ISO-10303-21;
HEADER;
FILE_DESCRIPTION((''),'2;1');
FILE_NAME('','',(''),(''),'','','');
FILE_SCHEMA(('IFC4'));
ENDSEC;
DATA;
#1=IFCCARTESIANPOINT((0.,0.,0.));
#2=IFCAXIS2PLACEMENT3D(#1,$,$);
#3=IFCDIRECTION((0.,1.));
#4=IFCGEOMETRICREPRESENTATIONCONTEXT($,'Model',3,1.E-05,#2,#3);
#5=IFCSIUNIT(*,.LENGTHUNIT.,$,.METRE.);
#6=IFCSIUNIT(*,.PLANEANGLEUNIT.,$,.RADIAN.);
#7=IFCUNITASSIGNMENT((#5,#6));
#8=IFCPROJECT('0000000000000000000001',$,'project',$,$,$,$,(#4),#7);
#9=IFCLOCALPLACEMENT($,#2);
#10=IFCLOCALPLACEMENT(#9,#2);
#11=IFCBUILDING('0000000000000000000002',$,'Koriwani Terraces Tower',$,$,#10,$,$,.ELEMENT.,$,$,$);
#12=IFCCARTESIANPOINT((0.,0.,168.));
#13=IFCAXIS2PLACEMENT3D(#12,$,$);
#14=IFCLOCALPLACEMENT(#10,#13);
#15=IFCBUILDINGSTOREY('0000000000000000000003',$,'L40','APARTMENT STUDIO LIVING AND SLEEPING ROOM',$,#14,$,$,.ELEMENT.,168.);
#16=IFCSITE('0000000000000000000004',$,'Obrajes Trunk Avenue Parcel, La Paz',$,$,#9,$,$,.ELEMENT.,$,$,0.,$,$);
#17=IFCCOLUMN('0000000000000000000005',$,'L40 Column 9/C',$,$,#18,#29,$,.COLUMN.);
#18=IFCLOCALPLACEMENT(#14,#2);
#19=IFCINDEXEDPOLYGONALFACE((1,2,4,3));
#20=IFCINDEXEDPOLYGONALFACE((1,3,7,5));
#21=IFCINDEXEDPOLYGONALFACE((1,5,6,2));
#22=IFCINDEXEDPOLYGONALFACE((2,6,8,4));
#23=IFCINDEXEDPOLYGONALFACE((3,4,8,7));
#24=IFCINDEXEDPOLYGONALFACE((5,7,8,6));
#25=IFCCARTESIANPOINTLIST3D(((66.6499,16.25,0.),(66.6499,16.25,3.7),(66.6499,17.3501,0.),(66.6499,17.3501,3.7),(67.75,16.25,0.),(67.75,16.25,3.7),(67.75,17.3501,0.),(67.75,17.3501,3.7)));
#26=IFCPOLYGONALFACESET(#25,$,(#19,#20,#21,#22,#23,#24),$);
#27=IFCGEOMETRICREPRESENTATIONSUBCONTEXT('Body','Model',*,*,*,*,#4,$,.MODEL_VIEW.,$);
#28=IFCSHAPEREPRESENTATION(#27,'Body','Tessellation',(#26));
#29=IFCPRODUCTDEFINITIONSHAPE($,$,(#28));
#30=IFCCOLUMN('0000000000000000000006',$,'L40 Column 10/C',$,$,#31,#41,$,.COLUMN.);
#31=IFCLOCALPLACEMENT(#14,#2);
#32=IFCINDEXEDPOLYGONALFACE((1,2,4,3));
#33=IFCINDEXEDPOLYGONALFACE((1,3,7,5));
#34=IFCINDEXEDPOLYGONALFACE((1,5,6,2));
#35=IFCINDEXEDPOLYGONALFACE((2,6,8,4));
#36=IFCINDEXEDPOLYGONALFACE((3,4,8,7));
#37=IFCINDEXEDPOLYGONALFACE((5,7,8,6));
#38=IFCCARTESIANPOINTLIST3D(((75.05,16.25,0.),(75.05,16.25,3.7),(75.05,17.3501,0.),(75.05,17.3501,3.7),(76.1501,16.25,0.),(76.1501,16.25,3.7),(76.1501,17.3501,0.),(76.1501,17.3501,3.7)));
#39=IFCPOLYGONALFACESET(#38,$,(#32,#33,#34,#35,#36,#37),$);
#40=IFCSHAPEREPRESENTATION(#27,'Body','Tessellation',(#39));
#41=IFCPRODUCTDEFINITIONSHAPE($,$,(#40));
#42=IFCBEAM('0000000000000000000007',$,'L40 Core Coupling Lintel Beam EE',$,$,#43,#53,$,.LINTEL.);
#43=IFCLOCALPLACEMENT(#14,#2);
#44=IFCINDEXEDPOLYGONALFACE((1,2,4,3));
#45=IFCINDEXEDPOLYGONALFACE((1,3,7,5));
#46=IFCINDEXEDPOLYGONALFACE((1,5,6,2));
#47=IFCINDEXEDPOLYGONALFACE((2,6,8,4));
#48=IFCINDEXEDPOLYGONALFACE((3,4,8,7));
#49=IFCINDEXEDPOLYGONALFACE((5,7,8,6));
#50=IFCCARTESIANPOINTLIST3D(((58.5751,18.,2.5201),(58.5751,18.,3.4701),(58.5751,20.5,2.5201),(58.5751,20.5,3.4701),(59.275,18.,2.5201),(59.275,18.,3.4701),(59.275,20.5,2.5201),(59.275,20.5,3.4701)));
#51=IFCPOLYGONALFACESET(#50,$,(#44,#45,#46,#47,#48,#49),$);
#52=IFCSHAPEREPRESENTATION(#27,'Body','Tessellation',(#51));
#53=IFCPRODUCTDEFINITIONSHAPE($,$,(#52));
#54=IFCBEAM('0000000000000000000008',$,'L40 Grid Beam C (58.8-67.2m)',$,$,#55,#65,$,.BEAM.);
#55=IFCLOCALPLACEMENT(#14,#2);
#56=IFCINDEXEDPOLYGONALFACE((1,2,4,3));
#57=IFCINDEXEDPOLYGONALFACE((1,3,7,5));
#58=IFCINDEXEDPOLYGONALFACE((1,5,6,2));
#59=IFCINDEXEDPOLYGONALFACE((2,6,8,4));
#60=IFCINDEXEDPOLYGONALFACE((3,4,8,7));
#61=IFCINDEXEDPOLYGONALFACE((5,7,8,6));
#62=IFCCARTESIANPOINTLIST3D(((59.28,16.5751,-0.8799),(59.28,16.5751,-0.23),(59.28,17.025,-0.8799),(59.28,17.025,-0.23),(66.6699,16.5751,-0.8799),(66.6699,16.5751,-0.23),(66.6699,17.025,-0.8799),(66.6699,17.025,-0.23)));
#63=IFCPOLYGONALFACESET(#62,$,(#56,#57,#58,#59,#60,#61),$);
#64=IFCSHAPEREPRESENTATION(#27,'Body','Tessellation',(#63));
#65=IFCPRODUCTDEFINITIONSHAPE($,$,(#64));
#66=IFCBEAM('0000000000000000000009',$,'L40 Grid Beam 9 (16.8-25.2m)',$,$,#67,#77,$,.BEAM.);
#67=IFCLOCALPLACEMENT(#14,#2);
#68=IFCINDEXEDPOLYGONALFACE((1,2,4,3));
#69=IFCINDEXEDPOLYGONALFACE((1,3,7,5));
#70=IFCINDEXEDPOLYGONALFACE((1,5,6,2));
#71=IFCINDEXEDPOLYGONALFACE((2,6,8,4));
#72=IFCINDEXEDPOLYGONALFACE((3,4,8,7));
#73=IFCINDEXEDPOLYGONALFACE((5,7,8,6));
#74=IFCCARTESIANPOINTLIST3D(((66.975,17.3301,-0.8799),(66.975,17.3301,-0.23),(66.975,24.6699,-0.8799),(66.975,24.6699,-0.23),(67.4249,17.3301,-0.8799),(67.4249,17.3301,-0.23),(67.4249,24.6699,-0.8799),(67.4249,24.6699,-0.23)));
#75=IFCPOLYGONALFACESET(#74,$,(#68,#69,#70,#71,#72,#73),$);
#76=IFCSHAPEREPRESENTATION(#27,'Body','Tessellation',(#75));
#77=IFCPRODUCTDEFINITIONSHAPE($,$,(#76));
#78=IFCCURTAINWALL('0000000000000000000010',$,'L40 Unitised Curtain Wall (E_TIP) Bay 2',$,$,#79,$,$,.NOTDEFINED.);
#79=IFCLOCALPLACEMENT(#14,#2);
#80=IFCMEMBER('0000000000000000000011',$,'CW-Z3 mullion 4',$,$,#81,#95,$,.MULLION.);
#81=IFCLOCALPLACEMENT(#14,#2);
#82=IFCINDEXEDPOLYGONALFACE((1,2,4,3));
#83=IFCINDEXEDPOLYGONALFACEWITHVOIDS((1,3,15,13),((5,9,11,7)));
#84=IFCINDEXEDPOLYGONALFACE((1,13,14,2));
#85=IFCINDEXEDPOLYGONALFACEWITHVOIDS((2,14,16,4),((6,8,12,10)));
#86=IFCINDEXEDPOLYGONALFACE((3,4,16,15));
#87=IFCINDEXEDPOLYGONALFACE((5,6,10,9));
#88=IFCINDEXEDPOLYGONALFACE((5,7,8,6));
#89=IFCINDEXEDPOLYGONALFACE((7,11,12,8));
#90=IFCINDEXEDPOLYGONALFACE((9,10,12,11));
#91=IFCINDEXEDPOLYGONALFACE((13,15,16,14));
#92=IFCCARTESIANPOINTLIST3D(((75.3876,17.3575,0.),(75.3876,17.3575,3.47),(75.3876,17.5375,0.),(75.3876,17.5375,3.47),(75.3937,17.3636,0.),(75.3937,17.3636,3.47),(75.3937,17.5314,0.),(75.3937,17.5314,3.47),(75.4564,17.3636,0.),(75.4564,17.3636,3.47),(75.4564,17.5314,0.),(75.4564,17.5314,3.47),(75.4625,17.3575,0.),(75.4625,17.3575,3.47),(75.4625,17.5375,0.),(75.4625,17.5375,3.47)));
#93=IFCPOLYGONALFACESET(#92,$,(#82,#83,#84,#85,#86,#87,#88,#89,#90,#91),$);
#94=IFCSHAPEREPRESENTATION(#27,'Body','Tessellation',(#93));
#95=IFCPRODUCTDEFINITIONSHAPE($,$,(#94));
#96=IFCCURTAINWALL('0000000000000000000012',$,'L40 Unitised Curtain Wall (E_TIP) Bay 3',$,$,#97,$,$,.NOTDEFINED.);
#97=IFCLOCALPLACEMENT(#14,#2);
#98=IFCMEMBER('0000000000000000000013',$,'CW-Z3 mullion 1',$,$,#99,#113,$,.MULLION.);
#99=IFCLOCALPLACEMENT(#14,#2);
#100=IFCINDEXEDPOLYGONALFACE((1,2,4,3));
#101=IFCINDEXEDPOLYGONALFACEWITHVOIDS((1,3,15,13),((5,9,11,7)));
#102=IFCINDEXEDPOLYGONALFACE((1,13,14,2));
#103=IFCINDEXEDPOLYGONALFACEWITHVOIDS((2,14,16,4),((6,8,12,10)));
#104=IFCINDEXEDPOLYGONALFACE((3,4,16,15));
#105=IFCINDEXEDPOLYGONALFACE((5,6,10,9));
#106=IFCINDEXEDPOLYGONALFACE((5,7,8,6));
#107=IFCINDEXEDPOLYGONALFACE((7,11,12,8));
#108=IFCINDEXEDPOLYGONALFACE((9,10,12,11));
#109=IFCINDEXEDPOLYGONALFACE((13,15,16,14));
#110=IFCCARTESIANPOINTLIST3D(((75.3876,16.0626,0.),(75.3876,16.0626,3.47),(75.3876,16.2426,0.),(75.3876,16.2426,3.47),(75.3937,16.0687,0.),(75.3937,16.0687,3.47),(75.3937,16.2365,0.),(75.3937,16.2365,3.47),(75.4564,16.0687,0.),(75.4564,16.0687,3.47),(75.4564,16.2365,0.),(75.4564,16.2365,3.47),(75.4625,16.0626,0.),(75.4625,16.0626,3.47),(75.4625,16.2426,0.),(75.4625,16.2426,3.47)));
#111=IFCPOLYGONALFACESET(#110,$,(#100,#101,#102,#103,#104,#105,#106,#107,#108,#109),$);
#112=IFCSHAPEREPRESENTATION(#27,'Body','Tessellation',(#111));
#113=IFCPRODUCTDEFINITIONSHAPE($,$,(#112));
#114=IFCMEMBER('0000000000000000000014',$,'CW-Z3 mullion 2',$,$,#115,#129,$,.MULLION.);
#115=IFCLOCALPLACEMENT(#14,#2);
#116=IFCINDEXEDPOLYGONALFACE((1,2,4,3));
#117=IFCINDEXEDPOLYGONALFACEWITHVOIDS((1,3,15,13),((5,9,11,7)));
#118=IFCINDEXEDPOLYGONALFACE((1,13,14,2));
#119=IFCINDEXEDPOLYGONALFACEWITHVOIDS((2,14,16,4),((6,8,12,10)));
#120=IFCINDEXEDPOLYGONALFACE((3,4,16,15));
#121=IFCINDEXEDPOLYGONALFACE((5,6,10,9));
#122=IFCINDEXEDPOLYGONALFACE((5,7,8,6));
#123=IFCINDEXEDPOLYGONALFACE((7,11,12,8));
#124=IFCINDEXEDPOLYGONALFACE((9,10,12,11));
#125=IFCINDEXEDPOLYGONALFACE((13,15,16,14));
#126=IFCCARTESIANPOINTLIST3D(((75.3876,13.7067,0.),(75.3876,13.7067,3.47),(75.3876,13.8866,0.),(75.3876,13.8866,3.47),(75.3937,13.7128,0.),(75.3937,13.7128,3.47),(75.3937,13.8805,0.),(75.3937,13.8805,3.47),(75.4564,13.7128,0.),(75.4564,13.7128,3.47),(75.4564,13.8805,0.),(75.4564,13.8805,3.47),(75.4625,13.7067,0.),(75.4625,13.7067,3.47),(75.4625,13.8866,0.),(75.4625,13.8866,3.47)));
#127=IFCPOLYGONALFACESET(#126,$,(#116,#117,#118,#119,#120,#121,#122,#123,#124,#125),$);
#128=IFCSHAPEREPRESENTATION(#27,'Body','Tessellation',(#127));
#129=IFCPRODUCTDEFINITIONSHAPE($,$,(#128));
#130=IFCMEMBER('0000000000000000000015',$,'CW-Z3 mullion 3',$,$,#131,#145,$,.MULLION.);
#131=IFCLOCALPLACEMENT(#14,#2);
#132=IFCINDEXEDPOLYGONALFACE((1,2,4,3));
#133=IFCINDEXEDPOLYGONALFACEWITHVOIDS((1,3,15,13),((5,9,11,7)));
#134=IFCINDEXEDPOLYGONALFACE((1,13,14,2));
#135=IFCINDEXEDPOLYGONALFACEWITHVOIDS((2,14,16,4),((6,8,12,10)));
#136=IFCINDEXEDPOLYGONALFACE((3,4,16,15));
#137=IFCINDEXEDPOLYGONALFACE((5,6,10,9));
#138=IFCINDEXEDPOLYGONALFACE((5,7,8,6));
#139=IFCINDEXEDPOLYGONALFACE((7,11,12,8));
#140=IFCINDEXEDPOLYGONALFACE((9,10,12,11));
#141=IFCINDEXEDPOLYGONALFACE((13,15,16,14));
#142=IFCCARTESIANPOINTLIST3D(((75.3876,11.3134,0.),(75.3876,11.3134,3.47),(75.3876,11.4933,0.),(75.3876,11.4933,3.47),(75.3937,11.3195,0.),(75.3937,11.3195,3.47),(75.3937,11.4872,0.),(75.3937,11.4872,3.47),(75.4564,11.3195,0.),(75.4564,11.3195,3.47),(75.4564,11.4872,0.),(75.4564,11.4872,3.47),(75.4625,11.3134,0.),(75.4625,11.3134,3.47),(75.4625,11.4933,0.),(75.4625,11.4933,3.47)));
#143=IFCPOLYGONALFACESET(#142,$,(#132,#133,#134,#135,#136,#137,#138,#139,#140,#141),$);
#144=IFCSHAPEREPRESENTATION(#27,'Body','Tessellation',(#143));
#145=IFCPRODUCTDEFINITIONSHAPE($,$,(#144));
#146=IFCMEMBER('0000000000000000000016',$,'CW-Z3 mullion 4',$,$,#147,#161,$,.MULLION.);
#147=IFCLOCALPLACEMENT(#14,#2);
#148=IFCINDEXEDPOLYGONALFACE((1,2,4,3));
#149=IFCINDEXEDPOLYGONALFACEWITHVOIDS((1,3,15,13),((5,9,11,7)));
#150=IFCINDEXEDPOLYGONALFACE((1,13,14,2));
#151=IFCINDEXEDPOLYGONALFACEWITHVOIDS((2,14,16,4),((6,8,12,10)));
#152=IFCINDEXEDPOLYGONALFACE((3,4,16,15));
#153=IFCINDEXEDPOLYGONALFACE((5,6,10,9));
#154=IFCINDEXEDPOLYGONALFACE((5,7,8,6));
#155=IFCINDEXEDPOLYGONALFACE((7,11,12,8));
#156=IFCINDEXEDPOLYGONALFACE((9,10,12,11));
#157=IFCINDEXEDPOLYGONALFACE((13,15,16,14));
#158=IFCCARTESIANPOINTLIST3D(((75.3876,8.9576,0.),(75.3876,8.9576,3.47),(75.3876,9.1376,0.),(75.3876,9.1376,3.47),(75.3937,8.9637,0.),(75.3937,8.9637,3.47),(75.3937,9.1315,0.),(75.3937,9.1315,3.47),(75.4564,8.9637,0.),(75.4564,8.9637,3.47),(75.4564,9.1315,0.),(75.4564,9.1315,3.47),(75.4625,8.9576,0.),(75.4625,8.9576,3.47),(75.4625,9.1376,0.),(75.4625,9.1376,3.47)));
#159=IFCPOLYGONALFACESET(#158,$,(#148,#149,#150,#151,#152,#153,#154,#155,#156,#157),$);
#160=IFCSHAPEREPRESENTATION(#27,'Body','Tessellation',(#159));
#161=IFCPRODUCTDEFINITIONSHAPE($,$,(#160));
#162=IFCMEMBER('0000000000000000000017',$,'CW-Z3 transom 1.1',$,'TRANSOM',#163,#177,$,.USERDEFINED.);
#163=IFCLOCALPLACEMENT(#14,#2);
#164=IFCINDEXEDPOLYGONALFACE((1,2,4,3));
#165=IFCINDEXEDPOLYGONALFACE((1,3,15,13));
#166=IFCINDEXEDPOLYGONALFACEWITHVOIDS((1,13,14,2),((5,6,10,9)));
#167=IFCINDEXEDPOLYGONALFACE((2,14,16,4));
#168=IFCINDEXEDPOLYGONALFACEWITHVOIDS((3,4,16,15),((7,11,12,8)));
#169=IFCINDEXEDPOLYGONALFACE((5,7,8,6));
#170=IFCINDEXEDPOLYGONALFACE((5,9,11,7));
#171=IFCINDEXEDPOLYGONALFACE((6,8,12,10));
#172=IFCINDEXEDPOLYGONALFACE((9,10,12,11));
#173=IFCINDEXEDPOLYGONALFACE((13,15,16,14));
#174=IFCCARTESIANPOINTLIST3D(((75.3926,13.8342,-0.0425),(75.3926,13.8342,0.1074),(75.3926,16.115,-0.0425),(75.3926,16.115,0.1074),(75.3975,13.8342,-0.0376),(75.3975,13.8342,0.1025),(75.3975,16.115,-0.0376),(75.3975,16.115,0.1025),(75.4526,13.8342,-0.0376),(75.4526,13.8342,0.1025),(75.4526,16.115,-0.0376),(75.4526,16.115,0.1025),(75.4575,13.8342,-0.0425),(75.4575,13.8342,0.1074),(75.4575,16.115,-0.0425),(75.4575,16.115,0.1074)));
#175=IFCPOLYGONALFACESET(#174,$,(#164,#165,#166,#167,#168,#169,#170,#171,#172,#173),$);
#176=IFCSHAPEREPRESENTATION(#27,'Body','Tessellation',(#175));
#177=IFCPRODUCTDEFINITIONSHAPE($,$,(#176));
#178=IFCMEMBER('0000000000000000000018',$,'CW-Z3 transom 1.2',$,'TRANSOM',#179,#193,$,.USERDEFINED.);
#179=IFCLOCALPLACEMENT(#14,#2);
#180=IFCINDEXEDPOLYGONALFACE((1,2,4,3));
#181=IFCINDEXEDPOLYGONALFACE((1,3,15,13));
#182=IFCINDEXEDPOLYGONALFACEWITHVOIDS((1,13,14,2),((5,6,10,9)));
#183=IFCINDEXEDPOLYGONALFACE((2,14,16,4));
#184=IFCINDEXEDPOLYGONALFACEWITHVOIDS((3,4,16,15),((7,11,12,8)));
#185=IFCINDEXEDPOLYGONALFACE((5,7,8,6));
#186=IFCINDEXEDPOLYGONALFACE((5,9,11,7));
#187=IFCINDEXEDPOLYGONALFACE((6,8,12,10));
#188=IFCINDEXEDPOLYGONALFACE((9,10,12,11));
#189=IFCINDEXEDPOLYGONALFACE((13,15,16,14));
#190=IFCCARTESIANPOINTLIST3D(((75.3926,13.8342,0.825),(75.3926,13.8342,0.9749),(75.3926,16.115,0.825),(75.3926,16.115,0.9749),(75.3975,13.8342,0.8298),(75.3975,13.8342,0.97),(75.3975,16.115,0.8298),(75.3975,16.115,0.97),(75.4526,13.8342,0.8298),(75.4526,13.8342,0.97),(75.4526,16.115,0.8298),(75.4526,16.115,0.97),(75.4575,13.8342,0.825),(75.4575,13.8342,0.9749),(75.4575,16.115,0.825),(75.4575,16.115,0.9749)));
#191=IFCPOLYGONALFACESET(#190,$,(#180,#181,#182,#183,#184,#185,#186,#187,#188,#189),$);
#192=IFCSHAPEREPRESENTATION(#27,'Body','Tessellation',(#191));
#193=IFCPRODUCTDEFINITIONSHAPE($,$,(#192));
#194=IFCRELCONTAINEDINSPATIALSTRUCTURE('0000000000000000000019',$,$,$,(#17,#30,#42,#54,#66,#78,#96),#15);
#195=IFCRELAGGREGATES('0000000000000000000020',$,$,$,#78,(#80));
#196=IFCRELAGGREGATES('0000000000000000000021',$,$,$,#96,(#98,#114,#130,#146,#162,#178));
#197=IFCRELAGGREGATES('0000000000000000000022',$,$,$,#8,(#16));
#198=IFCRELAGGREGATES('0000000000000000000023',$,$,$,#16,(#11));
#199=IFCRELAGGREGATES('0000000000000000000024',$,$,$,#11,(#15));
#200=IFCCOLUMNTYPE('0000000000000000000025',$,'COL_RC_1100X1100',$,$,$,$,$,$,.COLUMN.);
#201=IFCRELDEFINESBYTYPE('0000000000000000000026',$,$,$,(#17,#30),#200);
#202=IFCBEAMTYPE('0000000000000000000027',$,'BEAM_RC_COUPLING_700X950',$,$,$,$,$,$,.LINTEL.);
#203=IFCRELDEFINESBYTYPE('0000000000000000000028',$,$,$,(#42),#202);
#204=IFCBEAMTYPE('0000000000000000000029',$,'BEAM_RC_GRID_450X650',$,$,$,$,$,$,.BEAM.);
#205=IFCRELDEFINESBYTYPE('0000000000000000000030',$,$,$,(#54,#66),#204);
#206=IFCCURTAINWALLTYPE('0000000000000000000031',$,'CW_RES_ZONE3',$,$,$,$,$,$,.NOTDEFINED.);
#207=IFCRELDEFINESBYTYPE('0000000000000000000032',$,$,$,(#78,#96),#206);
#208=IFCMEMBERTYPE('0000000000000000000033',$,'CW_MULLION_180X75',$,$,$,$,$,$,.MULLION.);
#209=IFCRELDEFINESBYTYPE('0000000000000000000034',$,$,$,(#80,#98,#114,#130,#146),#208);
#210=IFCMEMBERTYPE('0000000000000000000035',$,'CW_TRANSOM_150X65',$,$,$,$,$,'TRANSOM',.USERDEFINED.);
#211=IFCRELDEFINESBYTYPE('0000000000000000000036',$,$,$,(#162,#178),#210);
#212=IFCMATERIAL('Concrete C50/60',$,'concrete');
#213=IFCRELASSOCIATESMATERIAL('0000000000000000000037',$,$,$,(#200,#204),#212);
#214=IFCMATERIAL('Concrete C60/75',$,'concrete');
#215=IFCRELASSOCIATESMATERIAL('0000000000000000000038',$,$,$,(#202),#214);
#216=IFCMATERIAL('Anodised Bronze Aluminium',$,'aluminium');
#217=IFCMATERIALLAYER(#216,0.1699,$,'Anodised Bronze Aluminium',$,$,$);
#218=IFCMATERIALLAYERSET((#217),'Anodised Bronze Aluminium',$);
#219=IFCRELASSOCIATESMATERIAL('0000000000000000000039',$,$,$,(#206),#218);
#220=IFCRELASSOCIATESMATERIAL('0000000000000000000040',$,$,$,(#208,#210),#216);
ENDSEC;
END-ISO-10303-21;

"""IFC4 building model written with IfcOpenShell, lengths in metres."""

from ifc_helpers import new_model, si_unit, direction, frame, origin, origin_2d, place, context, subcontext, project, spatial, rectangle, hollow_rectangle, extrude, material, layer, layer_set, material_profile, profile_set, type_object, element, aggregate, save


model = new_model("IFC4")

# Units and contexts
model_context = context("Model", 3, precision=1e-05, world=origin(), true_north=direction((0.0, 1.0)))
body_context = subcontext(model_context, "Body", "Model", "MODEL_VIEW")
ifc_project = project(units=[si_unit("LENGTHUNIT", "METRE"), si_unit("PLANEANGLEUNIT", "RADIAN")], contexts=[model_context])

# Site, building, storey
site_placement = place(None, origin())
site = spatial("IfcSite", under=ifc_project, at=site_placement, Name="Obrajes Trunk Avenue Parcel, La Paz", CompositionType="ELEMENT", RefElevation=0.0)
building_placement = place(site_placement, origin())
building = spatial("IfcBuilding", under=site, at=building_placement, Name="Koriwani Terraces Tower", CompositionType="ELEMENT")
storey_placement = place(building_placement, frame((0.0, 0.0, 168.0)))
storey = spatial("IfcBuildingStorey", under=building, at=storey_placement, Name="L40", Description="APARTMENT STUDIO LIVING AND SLEEPING ROOM", CompositionType="ELEMENT", Elevation=168.0)

# Columns
ifc_material_1 = material(Name="Concrete C50/60", Category="concrete")
ifc_material_profile_1 = material_profile(ifc_material_1, rectangle(XDim=1.1001, YDim=1.1001, at=origin_2d()), Name="Concrete C50/60", Category="LoadBearing")
ifc_profile_set_1 = profile_set([ifc_material_profile_1], Name="Concrete C50/60")
column_type = type_object("IfcColumnType", Name="COL_RC_1100X1100", PredefinedType="COLUMN", material=ifc_profile_set_1)
for number, where, z_axis, x_axis, name in (
    (1, (67.2, 16.8, 0.0), (0.0, 0.0, 1.0), (1.0, 0.0, 0.0), "L40 Column 9/C"),
    (2, (75.6001, 16.8, 0.0), (0.0, 0.0, 1.0), (1.0, 0.0, 0.0), "L40 Column 10/C"),
):
    element("IfcColumn", number, at=place(storey_placement, frame(where, z_axis=z_axis, x_axis=x_axis)), inside=storey, type_object=column_type, Name=name, PredefinedType="COLUMN", context=body_context, shape_type="SweptSolid", body=[
        extrude(rectangle(XDim=1.1001, YDim=1.1001, at=origin_2d()), origin(), (0.0, 0.0, 1.0), 3.7),
    ])

# Beams
ifc_material_2 = material(Name="Concrete C60/75", Category="concrete")
ifc_material_profile_2 = material_profile(ifc_material_2, rectangle(XDim=0.7, YDim=0.95, at=origin_2d()), Name="Concrete C60/75", Category="LoadBearing")
ifc_profile_set_2 = profile_set([ifc_material_profile_2], Name="Concrete C60/75")
beam_type_1 = type_object("IfcBeamType", Name="BEAM_RC_COUPLING_700X950", PredefinedType="LINTEL", material=ifc_profile_set_2)
beam_1_placement = place(storey_placement, frame((58.925, 18.0, 2.9951), z_axis=(0.0, 1.0, 0.0), x_axis=(-1.0, 0.0, 0.0)))
element("IfcBeam", 3, at=beam_1_placement, inside=storey, type_object=beam_type_1, Name="L40 Core Coupling Lintel Beam EE", PredefinedType="LINTEL", context=body_context, shape_type="SweptSolid", body=[
    extrude(rectangle(XDim=0.7, YDim=0.95, at=origin_2d()), origin(), (0.0, 0.0, 1.0), 2.5),
])
ifc_material_profile_3 = material_profile(ifc_material_1, rectangle(XDim=0.45, YDim=0.6499, at=origin_2d()), Name="Concrete C50/60", Category="LoadBearing")
ifc_profile_set_3 = profile_set([ifc_material_profile_3], Name="Concrete C50/60")
beam_type_2 = type_object("IfcBeamType", Name="BEAM_RC_GRID_450X650", PredefinedType="BEAM", material=ifc_profile_set_3)
beam_2_placement = place(storey_placement, frame((59.28, 16.8, -0.5549), z_axis=(1.0, 0.0, 0.0), x_axis=(0.0, 1.0, 0.0)))
element("IfcBeam", 4, at=beam_2_placement, inside=storey, type_object=beam_type_2, Name="L40 Grid Beam C (58.8-67.2m)", PredefinedType="BEAM", context=body_context, shape_type="SweptSolid", body=[
    extrude(rectangle(XDim=0.45, YDim=0.6499, at=origin_2d()), origin(), (0.0, 0.0, 1.0), 7.3899),
])
beam_3_placement = place(storey_placement, frame((67.2, 17.3301, -0.5549), z_axis=(0.0, 1.0, 0.0), x_axis=(-1.0, 0.0, 0.0)))
element("IfcBeam", 5, at=beam_3_placement, inside=storey, type_object=beam_type_2, Name="L40 Grid Beam 9 (16.8-25.2m)", PredefinedType="BEAM", context=body_context, shape_type="SweptSolid", body=[
    extrude(rectangle(XDim=0.45, YDim=0.6499, at=origin_2d()), origin(), (0.0, 0.0, 1.0), 7.3398),
])

# Curtain wall, member
ifc_material_3 = material(Name="Anodised Bronze Aluminium", Category="aluminium")
ifc_layer_1 = layer(ifc_material_3, 0.1699, Name="Anodised Bronze Aluminium")
ifc_layer_set_1 = layer_set([ifc_layer_1], Name="Anodised Bronze Aluminium")
curtain_wall_type = type_object("IfcCurtainWallType", Name="CW_RES_ZONE3", PredefinedType="NOTDEFINED", material=ifc_layer_set_1)
curtain_wall_1_placement = place(storey_placement, origin())
curtain_wall_1 = element("IfcCurtainWall", 6, at=curtain_wall_1_placement, inside=storey, type_object=curtain_wall_type, Name="L40 Unitised Curtain Wall (E_TIP) Bay 2", PredefinedType="NOTDEFINED")
ifc_material_profile_4 = material_profile(ifc_material_3, hollow_rectangle(XDim=0.075, YDim=0.1799, WallThickness=0.0061, at=origin_2d()), Name="Anodised Bronze Aluminium", Category="LoadBearing")
ifc_profile_set_4 = profile_set([ifc_material_profile_4], Name="Anodised Bronze Aluminium")
member_type_1 = type_object("IfcMemberType", Name="CW_MULLION_180X75", PredefinedType="MULLION", material=ifc_profile_set_4)
member_1_placement = place(storey_placement, frame((75.425, 17.4475, 0.0), z_axis=(0.0, 0.0, 1.0), x_axis=(1.0, 0.0, 0.0)))
member_1 = element("IfcMember", 7, at=member_1_placement, type_object=member_type_1, Name="CW-Z3 mullion 4", PredefinedType="MULLION", context=body_context, shape_type="SweptSolid", body=[
    extrude(hollow_rectangle(XDim=0.075, YDim=0.1799, WallThickness=0.0061, at=origin_2d()), origin(), (0.0, 0.0, 1.0), 3.47),
])
aggregate(curtain_wall_1, [member_1])

# Curtain wall, members
curtain_wall_2_placement = place(storey_placement, origin())
curtain_wall_2 = element("IfcCurtainWall", 8, at=curtain_wall_2_placement, inside=storey, type_object=curtain_wall_type, Name="L40 Unitised Curtain Wall (E_TIP) Bay 3", PredefinedType="NOTDEFINED")
member_2_placement = place(storey_placement, frame((75.425, 16.1526, 0.0), z_axis=(0.0, 0.0, 1.0), x_axis=(1.0, 0.0, 0.0)))
member_2 = element("IfcMember", 9, at=member_2_placement, type_object=member_type_1, Name="CW-Z3 mullion 1", PredefinedType="MULLION", context=body_context, shape_type="SweptSolid", body=[
    extrude(hollow_rectangle(XDim=0.075, YDim=0.1799, WallThickness=0.0061, at=origin_2d()), origin(), (0.0, 0.0, 1.0), 3.47),
])
member_3_placement = place(storey_placement, frame((75.425, 13.7966, 0.0), z_axis=(0.0, 0.0, 1.0), x_axis=(1.0, 0.0, 0.0)))
member_3 = element("IfcMember", 10, at=member_3_placement, type_object=member_type_1, Name="CW-Z3 mullion 2", PredefinedType="MULLION", context=body_context, shape_type="SweptSolid", body=[
    extrude(hollow_rectangle(XDim=0.075, YDim=0.1799, WallThickness=0.0061, at=origin_2d()), origin(), (0.0, 0.0, 1.0), 3.47),
])
member_4_placement = place(storey_placement, frame((75.425, 11.4033, 0.0), z_axis=(0.0, 0.0, 1.0), x_axis=(1.0, 0.0, 0.0)))
member_4 = element("IfcMember", 11, at=member_4_placement, type_object=member_type_1, Name="CW-Z3 mullion 3", PredefinedType="MULLION", context=body_context, shape_type="SweptSolid", body=[
    extrude(hollow_rectangle(XDim=0.075, YDim=0.1799, WallThickness=0.0061, at=origin_2d()), origin(), (0.0, 0.0, 1.0), 3.47),
])
member_5_placement = place(storey_placement, frame((75.425, 9.0476, 0.0), z_axis=(0.0, 0.0, 1.0), x_axis=(1.0, 0.0, 0.0)))
member_5 = element("IfcMember", 12, at=member_5_placement, type_object=member_type_1, Name="CW-Z3 mullion 4", PredefinedType="MULLION", context=body_context, shape_type="SweptSolid", body=[
    extrude(hollow_rectangle(XDim=0.075, YDim=0.1799, WallThickness=0.0061, at=origin_2d()), origin(), (0.0, 0.0, 1.0), 3.47),
])
ifc_material_profile_5 = material_profile(ifc_material_3, hollow_rectangle(XDim=0.0649, YDim=0.1499, WallThickness=0.0049, at=origin_2d()), Name="Anodised Bronze Aluminium", Category="LoadBearing")
ifc_profile_set_5 = profile_set([ifc_material_profile_5], Name="Anodised Bronze Aluminium")
member_type_2 = type_object("IfcMemberType", Name="CW_TRANSOM_150X65", ElementType="TRANSOM", PredefinedType="USERDEFINED", material=ifc_profile_set_5)
member_6_placement = place(storey_placement, frame((75.425, 16.115, 0.0325), z_axis=(0.0, -1.0, 0.0), x_axis=(1.0, 0.0, 0.0)))
member_6 = element("IfcMember", 13, at=member_6_placement, type_object=member_type_2, Name="CW-Z3 transom 1.1", ObjectType="TRANSOM", PredefinedType="USERDEFINED", context=body_context, shape_type="SweptSolid", body=[
    extrude(hollow_rectangle(XDim=0.0649, YDim=0.1499, WallThickness=0.0049, at=origin_2d()), origin(), (0.0, 0.0, 1.0), 2.2808),
])
member_7_placement = place(storey_placement, frame((75.425, 16.115, 0.8999), z_axis=(0.0, -1.0, 0.0), x_axis=(1.0, 0.0, 0.0)))
member_7 = element("IfcMember", 14, at=member_7_placement, type_object=member_type_2, Name="CW-Z3 transom 1.2", ObjectType="TRANSOM", PredefinedType="USERDEFINED", context=body_context, shape_type="SweptSolid", body=[
    extrude(hollow_rectangle(XDim=0.0649, YDim=0.1499, WallThickness=0.0049, at=origin_2d()), origin(), (0.0, 0.0, 1.0), 2.2808),
])

aggregate(curtain_wall_2, [member_2, member_3, member_4, member_5, member_6, member_7])

save(model, "model.ifc")
